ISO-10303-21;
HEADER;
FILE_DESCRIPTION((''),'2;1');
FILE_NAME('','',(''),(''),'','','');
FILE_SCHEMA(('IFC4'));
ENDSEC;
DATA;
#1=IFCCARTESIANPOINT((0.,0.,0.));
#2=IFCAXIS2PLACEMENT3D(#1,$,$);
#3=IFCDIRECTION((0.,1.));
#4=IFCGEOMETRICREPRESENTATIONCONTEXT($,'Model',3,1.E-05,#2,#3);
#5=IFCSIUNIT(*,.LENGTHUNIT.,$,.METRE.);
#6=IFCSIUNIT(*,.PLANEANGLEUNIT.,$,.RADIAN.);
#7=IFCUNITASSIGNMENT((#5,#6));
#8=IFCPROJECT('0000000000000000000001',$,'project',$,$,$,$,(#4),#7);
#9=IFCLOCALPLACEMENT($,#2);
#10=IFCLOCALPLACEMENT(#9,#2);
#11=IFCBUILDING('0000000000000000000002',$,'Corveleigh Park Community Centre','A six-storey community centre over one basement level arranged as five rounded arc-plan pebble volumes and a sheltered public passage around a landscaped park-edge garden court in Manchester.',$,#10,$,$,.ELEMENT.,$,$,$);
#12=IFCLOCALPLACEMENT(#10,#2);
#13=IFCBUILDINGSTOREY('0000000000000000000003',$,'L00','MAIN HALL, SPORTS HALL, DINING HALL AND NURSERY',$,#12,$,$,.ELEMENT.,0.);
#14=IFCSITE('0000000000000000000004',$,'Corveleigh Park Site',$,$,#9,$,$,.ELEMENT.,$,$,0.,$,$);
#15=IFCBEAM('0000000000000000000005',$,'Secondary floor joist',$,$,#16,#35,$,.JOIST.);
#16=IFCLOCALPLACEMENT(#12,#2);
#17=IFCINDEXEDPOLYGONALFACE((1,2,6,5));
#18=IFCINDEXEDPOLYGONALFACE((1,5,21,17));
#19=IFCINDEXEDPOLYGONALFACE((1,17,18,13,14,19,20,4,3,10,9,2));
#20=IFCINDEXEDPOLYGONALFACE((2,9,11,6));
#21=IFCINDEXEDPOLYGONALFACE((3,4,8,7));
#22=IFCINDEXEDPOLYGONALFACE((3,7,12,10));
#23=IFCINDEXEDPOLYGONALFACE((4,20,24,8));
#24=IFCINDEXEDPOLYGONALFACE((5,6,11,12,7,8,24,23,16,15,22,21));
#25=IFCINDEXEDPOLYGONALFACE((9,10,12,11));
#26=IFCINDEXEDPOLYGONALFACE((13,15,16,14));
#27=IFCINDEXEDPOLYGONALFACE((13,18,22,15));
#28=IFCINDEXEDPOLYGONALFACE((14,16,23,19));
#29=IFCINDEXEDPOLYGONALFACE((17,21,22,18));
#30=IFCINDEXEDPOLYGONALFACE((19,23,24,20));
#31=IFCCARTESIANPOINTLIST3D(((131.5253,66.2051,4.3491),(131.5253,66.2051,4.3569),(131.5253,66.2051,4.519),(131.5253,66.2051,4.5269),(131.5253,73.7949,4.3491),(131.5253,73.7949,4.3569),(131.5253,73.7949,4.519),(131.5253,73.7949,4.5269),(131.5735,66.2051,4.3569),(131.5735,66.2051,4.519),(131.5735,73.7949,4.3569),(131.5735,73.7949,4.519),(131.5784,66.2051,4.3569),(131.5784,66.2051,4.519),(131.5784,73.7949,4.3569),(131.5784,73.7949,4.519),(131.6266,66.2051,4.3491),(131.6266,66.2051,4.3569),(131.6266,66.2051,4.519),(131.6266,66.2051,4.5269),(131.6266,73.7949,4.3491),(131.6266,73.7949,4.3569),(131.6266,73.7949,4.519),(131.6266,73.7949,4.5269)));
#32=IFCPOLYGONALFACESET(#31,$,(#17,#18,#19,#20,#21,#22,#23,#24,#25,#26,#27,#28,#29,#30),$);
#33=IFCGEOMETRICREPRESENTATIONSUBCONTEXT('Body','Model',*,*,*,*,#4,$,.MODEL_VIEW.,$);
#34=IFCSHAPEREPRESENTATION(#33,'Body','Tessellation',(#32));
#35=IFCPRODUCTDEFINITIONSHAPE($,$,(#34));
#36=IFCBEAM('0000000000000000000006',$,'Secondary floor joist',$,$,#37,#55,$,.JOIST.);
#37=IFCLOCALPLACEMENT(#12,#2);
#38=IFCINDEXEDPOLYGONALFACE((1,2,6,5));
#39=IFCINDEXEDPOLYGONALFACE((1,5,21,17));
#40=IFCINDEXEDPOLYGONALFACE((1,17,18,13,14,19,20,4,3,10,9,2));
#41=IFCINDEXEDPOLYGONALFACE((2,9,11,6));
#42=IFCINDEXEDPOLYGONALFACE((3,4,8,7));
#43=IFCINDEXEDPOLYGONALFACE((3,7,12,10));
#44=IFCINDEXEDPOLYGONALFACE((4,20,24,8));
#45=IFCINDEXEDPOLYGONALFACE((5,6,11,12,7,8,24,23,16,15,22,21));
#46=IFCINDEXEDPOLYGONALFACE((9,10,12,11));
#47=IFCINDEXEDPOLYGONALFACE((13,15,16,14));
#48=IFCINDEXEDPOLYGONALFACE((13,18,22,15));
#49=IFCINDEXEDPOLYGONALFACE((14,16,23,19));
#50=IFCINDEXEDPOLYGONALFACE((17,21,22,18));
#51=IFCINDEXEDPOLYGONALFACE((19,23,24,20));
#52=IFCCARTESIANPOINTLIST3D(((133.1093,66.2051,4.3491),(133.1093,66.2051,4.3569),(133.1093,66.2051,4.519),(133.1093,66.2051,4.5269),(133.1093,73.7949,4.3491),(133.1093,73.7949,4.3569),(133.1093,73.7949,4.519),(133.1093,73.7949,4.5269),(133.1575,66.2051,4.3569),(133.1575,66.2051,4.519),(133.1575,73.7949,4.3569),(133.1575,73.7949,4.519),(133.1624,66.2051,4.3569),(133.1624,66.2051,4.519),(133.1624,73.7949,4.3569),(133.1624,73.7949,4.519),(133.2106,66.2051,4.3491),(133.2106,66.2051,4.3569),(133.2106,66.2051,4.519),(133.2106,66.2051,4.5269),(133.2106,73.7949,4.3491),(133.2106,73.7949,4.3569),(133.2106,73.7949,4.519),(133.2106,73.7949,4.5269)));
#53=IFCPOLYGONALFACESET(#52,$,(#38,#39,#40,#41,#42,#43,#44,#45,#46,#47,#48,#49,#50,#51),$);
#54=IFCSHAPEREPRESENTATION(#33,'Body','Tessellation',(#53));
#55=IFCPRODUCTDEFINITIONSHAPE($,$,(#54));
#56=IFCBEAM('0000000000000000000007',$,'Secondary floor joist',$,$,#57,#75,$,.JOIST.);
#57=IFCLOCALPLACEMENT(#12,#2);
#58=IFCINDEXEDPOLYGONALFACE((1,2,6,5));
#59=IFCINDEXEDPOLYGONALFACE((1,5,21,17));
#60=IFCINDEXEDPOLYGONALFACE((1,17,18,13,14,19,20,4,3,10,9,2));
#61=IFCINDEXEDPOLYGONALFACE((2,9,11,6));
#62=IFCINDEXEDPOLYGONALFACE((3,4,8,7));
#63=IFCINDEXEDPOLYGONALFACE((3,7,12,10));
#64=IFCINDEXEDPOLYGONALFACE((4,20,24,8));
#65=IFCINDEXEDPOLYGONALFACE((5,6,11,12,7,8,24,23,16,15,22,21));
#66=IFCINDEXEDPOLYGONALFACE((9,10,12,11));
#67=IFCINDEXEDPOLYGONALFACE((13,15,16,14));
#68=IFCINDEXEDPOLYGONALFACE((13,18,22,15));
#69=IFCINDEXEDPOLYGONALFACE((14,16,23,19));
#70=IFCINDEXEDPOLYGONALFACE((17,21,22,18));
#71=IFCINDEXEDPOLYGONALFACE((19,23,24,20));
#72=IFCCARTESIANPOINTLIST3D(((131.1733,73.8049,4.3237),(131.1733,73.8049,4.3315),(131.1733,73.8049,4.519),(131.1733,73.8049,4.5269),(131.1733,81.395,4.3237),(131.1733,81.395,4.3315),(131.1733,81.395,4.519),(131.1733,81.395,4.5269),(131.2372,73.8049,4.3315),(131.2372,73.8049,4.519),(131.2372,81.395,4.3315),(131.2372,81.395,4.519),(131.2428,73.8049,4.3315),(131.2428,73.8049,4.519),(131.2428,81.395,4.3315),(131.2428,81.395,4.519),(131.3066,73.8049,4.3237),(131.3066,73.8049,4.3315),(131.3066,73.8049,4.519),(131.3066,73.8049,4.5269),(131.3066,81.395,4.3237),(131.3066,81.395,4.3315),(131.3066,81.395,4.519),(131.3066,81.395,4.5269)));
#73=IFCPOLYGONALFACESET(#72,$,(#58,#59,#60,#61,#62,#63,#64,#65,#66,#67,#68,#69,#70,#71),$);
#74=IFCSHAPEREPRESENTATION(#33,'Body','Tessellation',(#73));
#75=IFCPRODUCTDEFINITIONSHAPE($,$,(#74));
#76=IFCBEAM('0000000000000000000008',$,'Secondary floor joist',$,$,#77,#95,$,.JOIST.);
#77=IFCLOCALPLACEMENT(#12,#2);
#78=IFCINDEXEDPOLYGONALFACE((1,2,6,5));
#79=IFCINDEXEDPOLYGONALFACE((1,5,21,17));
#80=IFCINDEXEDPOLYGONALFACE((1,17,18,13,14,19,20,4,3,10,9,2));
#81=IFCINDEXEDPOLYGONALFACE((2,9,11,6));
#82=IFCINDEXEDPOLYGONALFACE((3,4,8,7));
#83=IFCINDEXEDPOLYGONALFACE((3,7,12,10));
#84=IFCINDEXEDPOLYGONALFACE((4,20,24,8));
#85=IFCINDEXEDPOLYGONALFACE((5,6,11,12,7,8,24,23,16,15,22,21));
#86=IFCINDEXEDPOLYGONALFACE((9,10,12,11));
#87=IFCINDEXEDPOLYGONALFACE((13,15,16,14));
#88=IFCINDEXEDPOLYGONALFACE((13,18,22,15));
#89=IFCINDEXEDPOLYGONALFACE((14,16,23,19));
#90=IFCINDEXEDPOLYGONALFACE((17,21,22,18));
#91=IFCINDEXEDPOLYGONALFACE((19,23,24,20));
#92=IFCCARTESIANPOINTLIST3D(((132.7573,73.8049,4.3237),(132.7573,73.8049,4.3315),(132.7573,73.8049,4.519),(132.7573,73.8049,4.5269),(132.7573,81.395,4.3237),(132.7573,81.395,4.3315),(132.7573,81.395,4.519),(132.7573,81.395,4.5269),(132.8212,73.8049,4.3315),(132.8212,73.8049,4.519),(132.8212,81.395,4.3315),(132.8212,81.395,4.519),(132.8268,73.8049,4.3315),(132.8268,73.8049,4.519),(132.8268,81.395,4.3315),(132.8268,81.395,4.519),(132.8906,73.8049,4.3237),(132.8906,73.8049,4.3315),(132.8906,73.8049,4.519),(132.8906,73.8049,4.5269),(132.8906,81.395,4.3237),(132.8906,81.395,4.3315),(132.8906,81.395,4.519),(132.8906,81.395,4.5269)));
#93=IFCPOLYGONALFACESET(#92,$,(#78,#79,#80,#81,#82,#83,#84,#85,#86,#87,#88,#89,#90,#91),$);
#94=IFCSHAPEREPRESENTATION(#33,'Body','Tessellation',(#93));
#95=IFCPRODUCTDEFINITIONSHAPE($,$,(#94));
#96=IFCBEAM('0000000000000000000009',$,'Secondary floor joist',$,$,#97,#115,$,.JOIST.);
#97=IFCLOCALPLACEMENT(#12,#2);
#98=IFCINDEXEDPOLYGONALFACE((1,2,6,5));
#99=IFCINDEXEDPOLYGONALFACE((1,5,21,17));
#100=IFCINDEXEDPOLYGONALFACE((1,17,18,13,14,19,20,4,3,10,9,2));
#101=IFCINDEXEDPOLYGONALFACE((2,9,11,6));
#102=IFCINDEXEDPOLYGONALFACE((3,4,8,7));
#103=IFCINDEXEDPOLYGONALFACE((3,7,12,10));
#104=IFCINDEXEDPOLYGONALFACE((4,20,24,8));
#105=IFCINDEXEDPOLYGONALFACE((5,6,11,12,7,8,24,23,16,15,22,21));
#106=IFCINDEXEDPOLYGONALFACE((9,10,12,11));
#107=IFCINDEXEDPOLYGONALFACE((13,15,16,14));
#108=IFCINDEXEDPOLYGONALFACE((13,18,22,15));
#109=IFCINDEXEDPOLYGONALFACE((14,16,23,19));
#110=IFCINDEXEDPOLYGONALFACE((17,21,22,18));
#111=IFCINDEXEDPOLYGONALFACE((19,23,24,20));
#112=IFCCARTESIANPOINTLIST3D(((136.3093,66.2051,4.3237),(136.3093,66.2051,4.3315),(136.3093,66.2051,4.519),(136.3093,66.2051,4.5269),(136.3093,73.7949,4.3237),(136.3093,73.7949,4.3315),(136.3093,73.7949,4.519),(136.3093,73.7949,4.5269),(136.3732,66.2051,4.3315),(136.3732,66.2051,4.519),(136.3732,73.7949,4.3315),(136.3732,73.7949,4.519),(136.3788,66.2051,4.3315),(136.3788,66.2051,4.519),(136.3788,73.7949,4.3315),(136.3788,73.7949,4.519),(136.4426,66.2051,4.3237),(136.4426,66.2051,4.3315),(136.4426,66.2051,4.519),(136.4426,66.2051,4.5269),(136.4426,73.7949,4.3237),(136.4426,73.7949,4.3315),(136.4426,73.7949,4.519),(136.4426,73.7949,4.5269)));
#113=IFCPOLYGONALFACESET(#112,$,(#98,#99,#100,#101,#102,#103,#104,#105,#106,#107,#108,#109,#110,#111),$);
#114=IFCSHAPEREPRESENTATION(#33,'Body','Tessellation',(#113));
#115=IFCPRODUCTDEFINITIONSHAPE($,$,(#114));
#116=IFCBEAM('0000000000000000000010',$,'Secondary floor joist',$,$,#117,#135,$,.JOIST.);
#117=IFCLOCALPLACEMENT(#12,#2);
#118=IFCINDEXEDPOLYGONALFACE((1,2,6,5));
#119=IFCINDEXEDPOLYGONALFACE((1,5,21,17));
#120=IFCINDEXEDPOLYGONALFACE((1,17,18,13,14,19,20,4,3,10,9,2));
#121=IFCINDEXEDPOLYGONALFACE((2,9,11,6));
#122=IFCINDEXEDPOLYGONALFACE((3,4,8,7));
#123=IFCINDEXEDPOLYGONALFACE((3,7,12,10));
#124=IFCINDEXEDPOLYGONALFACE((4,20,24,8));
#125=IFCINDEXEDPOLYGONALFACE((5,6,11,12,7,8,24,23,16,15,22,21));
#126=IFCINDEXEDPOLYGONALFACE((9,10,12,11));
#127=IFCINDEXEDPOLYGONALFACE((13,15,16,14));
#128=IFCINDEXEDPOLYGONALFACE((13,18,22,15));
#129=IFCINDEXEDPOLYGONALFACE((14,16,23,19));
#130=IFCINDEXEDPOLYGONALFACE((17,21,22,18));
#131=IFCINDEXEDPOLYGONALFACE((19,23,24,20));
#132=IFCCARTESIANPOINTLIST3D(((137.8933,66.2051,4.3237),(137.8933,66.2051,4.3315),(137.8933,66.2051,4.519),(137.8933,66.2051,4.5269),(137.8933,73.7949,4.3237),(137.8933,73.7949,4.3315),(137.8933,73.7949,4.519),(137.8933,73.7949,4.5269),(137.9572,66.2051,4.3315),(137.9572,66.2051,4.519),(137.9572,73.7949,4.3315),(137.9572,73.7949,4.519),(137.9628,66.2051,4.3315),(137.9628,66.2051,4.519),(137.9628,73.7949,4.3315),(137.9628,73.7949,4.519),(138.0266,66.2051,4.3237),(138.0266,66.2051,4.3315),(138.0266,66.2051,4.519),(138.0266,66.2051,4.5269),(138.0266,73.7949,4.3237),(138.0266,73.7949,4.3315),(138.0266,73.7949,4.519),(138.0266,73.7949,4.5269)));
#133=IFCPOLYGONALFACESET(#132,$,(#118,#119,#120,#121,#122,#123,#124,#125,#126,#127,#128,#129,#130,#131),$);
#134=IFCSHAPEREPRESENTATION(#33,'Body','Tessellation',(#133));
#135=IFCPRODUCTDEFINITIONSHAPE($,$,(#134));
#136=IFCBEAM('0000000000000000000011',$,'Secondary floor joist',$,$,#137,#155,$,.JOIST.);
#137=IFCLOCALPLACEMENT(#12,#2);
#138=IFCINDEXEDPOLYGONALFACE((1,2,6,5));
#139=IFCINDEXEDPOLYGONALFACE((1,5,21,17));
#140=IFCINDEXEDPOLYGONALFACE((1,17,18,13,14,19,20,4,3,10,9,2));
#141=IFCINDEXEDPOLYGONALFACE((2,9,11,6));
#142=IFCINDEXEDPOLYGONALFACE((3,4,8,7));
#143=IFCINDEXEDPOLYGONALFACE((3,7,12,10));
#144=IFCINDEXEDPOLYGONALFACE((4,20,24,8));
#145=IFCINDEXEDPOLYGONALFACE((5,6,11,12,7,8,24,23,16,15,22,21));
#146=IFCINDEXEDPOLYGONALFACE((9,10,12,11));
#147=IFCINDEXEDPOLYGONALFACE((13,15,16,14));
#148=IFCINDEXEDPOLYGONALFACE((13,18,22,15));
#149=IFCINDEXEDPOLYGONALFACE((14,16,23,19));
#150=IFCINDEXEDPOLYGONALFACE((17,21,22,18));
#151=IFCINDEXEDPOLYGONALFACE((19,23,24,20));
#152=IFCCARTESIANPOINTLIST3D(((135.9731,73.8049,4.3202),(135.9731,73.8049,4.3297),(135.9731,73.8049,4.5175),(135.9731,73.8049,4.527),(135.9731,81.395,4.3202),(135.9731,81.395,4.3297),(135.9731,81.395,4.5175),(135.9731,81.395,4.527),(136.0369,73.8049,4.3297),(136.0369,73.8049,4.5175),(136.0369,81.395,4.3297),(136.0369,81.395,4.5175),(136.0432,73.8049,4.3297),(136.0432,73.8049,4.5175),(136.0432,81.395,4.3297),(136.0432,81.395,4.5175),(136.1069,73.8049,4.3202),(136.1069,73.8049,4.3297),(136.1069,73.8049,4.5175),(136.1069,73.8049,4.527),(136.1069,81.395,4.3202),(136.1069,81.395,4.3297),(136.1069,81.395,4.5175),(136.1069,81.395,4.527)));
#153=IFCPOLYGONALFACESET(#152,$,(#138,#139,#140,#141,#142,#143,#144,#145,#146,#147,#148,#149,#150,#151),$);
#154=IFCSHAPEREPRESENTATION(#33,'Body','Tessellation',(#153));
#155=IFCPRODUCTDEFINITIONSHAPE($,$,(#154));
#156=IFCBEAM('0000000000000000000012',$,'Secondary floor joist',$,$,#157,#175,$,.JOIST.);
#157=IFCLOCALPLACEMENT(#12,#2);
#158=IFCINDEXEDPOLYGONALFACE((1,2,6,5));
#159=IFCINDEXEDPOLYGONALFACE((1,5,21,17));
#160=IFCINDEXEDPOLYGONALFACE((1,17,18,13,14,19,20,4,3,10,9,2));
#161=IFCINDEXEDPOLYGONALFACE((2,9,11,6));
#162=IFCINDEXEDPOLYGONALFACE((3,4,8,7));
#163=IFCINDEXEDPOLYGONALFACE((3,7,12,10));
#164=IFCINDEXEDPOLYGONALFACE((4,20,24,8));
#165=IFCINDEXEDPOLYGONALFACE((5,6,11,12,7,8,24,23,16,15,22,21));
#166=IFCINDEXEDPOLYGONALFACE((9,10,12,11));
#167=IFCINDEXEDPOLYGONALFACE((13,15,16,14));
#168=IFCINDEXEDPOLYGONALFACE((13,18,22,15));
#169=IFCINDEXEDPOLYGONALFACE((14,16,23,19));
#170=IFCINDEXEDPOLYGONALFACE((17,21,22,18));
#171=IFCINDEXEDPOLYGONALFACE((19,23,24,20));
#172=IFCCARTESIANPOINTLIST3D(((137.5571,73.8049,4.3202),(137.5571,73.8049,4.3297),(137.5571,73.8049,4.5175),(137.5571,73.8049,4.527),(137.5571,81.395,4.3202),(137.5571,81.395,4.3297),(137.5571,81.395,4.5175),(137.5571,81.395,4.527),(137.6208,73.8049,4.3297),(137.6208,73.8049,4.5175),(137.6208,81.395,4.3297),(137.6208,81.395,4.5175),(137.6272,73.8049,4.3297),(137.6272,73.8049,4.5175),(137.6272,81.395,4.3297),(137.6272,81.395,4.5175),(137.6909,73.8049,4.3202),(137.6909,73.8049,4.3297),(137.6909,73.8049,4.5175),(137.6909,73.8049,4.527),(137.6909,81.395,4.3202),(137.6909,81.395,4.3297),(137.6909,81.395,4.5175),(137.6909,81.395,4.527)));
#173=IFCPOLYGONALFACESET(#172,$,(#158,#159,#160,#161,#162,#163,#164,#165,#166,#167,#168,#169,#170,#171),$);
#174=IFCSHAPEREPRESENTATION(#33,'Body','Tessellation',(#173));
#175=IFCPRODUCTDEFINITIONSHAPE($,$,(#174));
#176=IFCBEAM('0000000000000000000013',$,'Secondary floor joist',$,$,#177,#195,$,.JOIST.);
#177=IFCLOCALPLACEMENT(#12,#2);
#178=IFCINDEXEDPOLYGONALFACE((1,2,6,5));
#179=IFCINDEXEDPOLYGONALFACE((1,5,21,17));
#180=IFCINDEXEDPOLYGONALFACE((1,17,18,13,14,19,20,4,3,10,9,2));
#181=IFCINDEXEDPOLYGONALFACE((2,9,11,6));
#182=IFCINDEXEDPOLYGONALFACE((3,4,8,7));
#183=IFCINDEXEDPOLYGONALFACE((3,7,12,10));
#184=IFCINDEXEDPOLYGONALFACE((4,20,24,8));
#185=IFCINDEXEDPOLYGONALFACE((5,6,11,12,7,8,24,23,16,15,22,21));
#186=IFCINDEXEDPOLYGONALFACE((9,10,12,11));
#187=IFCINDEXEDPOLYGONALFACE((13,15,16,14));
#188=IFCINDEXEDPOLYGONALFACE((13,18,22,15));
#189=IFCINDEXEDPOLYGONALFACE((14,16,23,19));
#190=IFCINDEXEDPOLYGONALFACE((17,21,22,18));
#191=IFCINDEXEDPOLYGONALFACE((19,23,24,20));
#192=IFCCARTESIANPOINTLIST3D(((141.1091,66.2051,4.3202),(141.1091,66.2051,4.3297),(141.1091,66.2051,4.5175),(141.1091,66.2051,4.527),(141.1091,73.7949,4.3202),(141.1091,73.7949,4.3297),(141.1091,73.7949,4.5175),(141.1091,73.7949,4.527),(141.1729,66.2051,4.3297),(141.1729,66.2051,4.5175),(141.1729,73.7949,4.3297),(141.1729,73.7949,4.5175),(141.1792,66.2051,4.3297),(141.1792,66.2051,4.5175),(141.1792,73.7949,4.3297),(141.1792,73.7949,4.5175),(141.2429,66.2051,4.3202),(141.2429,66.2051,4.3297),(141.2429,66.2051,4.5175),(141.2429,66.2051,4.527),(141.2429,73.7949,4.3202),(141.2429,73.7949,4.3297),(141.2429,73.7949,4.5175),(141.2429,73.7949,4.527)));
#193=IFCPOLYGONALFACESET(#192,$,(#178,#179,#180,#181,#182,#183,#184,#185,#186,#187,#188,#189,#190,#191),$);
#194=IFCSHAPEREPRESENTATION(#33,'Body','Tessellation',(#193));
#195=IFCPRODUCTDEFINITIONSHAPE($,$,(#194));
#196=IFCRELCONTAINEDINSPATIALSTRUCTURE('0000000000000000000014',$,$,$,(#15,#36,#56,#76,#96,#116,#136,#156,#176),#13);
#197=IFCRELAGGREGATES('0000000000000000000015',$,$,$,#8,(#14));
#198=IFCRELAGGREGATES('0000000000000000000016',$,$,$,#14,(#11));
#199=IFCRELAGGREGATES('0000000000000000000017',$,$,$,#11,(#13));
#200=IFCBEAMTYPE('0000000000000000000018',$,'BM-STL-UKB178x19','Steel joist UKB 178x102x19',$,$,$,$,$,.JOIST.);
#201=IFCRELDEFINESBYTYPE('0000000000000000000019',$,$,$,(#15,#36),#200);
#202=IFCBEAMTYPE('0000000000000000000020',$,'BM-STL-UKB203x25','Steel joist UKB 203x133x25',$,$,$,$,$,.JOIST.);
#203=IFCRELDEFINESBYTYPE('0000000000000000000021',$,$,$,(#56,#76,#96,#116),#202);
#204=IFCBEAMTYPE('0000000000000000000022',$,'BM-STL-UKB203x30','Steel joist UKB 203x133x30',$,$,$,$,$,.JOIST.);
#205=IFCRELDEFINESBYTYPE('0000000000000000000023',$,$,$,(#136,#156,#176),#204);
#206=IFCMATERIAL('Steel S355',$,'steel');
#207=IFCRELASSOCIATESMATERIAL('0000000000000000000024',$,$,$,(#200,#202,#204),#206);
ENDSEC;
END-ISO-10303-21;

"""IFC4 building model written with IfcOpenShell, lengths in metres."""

from ifc_helpers import new_model, si_unit, direction, frame, origin, origin_2d, place, context, subcontext, project, spatial, i_section, extrude, material, material_profile, profile_set, type_object, element, save


model = new_model("IFC4")

# Units and contexts
model_context = context("Model", 3, precision=1e-05, world=origin(), true_north=direction((0.0, 1.0)))
body_context = subcontext(model_context, "Body", "Model", "MODEL_VIEW")
ifc_project = project(units=[si_unit("LENGTHUNIT", "METRE"), si_unit("PLANEANGLEUNIT", "RADIAN")], contexts=[model_context])

# Site, building, storey
site_placement = place(None, origin())
site = spatial("IfcSite", under=ifc_project, at=site_placement, Name="Corveleigh Park Site", CompositionType="ELEMENT", RefElevation=0.0)
building_placement = place(site_placement, origin())
building = spatial("IfcBuilding", under=site, at=building_placement, Name="Corveleigh Park Community Centre", Description="A six-storey community centre over one basement level arranged as five rounded arc-plan pebble volumes and a sheltered public passage around a landscaped park-edge garden court in Manchester.", CompositionType="ELEMENT")
storey_placement = place(building_placement, origin())
storey = spatial("IfcBuildingStorey", under=building, at=storey_placement, Name="L00", Description="MAIN HALL, SPORTS HALL, DINING HALL AND NURSERY", CompositionType="ELEMENT", Elevation=0.0)

# Shared definitions
ifc_material_1 = material(Name="Steel S355", Category="steel")

# Beams
ifc_material_profile_1 = material_profile(ifc_material_1, i_section(OverallWidth=0.1013, OverallDepth=0.1777, WebThickness=0.0049, FlangeThickness=0.0078, at=origin_2d()), Name="UKB 178x102x19", Category="steel")
ifc_profile_set_1 = profile_set([ifc_material_profile_1], Name="Steel S355")
beam_type_1 = type_object("IfcBeamType", Name="BM-STL-UKB178x19", Description="Steel joist UKB 178x102x19", PredefinedType="JOIST", material=ifc_profile_set_1)
for number, where, z_axis, x_axis, name in (
    (1, (131.5759, 66.2051, 4.438), (0.0, 1.0, 0.0), (-1.0, 0.0, 0.0), "Secondary floor joist"),
    (2, (133.1599, 66.2051, 4.438), (0.0, 1.0, 0.0), (-1.0, 0.0, 0.0), "Secondary floor joist"),
):
    element("IfcBeam", number, at=place(storey_placement, frame(where, z_axis=z_axis, x_axis=x_axis)), inside=storey, type_object=beam_type_1, Name=name, PredefinedType="JOIST", context=body_context, shape_type="SweptSolid", body=[
        extrude(i_section(OverallWidth=0.1013, OverallDepth=0.1777, WebThickness=0.0049, FlangeThickness=0.0078, at=origin_2d()), origin(), (0.0, 0.0, 1.0), 7.5898),
    ])
ifc_material_profile_2 = material_profile(ifc_material_1, i_section(OverallWidth=0.1333, OverallDepth=0.2031, WebThickness=0.0056, FlangeThickness=0.0078, at=origin_2d()), Name="UKB 203x133x25", Category="steel")
ifc_profile_set_2 = profile_set([ifc_material_profile_2], Name="Steel S355")
beam_type_2 = type_object("IfcBeamType", Name="BM-STL-UKB203x25", Description="Steel joist UKB 203x133x25", PredefinedType="JOIST", material=ifc_profile_set_2)
for number, where, z_axis, x_axis, name in (
    (3, (131.24, 73.8049, 4.4253), (0.0, 1.0, 0.0), (-1.0, 0.0, 0.0), "Secondary floor joist"),
    (4, (132.824, 73.8049, 4.4253), (0.0, 1.0, 0.0), (-1.0, 0.0, 0.0), "Secondary floor joist"),
):
    element("IfcBeam", number, at=place(storey_placement, frame(where, z_axis=z_axis, x_axis=x_axis)), inside=storey, type_object=beam_type_2, Name=name, PredefinedType="JOIST", context=body_context, shape_type="SweptSolid", body=[
        extrude(i_section(OverallWidth=0.1333, OverallDepth=0.2031, WebThickness=0.0056, FlangeThickness=0.0078, at=origin_2d()), origin(), (0.0, 0.0, 1.0), 7.5901),
    ])
for number, where, z_axis, x_axis, name in (
    (5, (136.376, 66.2051, 4.4253), (0.0, 1.0, 0.0), (-1.0, 0.0, 0.0), "Secondary floor joist"),
    (6, (137.96, 66.2051, 4.4253), (0.0, 1.0, 0.0), (-1.0, 0.0, 0.0), "Secondary floor joist"),
):
    element("IfcBeam", number, at=place(storey_placement, frame(where, z_axis=z_axis, x_axis=x_axis)), inside=storey, type_object=beam_type_2, Name=name, PredefinedType="JOIST", context=body_context, shape_type="SweptSolid", body=[
        extrude(i_section(OverallWidth=0.1333, OverallDepth=0.2031, WebThickness=0.0056, FlangeThickness=0.0078, at=origin_2d()), origin(), (0.0, 0.0, 1.0), 7.5898),
    ])
ifc_material_profile_3 = material_profile(ifc_material_1, i_section(OverallWidth=0.1338, OverallDepth=0.2068, WebThickness=0.0063, FlangeThickness=0.0095, at=origin_2d()), Name="UKB 203x133x30", Category="steel")
ifc_profile_set_3 = profile_set([ifc_material_profile_3], Name="Steel S355")
beam_type_3 = type_object("IfcBeamType", Name="BM-STL-UKB203x30", Description="Steel joist UKB 203x133x30", PredefinedType="JOIST", material=ifc_profile_set_3)
for number, where, z_axis, x_axis, name in (
    (7, (136.04, 73.8049, 4.4236), (0.0, 1.0, 0.0), (-1.0, 0.0, 0.0), "Secondary floor joist"),
    (8, (137.624, 73.8049, 4.4236), (0.0, 1.0, 0.0), (-1.0, 0.0, 0.0), "Secondary floor joist"),
):
    element("IfcBeam", number, at=place(storey_placement, frame(where, z_axis=z_axis, x_axis=x_axis)), inside=storey, type_object=beam_type_3, Name=name, PredefinedType="JOIST", context=body_context, shape_type="SweptSolid", body=[
        extrude(i_section(OverallWidth=0.1338, OverallDepth=0.2068, WebThickness=0.0063, FlangeThickness=0.0095, at=origin_2d()), origin(), (0.0, 0.0, 1.0), 7.5901),
    ])
for number, where, z_axis, x_axis, name in (
    (9, (141.176, 66.2051, 4.4236), (0.0, 1.0, 0.0), (-1.0, 0.0, 0.0), "Secondary floor joist"),
):
    element("IfcBeam", number, at=place(storey_placement, frame(where, z_axis=z_axis, x_axis=x_axis)), inside=storey, type_object=beam_type_3, Name=name, PredefinedType="JOIST", context=body_context, shape_type="SweptSolid", body=[
        extrude(i_section(OverallWidth=0.1338, OverallDepth=0.2068, WebThickness=0.0063, FlangeThickness=0.0095, at=origin_2d()), origin(), (0.0, 0.0, 1.0), 7.5898),
    ])

save(model, "model.ifc")
